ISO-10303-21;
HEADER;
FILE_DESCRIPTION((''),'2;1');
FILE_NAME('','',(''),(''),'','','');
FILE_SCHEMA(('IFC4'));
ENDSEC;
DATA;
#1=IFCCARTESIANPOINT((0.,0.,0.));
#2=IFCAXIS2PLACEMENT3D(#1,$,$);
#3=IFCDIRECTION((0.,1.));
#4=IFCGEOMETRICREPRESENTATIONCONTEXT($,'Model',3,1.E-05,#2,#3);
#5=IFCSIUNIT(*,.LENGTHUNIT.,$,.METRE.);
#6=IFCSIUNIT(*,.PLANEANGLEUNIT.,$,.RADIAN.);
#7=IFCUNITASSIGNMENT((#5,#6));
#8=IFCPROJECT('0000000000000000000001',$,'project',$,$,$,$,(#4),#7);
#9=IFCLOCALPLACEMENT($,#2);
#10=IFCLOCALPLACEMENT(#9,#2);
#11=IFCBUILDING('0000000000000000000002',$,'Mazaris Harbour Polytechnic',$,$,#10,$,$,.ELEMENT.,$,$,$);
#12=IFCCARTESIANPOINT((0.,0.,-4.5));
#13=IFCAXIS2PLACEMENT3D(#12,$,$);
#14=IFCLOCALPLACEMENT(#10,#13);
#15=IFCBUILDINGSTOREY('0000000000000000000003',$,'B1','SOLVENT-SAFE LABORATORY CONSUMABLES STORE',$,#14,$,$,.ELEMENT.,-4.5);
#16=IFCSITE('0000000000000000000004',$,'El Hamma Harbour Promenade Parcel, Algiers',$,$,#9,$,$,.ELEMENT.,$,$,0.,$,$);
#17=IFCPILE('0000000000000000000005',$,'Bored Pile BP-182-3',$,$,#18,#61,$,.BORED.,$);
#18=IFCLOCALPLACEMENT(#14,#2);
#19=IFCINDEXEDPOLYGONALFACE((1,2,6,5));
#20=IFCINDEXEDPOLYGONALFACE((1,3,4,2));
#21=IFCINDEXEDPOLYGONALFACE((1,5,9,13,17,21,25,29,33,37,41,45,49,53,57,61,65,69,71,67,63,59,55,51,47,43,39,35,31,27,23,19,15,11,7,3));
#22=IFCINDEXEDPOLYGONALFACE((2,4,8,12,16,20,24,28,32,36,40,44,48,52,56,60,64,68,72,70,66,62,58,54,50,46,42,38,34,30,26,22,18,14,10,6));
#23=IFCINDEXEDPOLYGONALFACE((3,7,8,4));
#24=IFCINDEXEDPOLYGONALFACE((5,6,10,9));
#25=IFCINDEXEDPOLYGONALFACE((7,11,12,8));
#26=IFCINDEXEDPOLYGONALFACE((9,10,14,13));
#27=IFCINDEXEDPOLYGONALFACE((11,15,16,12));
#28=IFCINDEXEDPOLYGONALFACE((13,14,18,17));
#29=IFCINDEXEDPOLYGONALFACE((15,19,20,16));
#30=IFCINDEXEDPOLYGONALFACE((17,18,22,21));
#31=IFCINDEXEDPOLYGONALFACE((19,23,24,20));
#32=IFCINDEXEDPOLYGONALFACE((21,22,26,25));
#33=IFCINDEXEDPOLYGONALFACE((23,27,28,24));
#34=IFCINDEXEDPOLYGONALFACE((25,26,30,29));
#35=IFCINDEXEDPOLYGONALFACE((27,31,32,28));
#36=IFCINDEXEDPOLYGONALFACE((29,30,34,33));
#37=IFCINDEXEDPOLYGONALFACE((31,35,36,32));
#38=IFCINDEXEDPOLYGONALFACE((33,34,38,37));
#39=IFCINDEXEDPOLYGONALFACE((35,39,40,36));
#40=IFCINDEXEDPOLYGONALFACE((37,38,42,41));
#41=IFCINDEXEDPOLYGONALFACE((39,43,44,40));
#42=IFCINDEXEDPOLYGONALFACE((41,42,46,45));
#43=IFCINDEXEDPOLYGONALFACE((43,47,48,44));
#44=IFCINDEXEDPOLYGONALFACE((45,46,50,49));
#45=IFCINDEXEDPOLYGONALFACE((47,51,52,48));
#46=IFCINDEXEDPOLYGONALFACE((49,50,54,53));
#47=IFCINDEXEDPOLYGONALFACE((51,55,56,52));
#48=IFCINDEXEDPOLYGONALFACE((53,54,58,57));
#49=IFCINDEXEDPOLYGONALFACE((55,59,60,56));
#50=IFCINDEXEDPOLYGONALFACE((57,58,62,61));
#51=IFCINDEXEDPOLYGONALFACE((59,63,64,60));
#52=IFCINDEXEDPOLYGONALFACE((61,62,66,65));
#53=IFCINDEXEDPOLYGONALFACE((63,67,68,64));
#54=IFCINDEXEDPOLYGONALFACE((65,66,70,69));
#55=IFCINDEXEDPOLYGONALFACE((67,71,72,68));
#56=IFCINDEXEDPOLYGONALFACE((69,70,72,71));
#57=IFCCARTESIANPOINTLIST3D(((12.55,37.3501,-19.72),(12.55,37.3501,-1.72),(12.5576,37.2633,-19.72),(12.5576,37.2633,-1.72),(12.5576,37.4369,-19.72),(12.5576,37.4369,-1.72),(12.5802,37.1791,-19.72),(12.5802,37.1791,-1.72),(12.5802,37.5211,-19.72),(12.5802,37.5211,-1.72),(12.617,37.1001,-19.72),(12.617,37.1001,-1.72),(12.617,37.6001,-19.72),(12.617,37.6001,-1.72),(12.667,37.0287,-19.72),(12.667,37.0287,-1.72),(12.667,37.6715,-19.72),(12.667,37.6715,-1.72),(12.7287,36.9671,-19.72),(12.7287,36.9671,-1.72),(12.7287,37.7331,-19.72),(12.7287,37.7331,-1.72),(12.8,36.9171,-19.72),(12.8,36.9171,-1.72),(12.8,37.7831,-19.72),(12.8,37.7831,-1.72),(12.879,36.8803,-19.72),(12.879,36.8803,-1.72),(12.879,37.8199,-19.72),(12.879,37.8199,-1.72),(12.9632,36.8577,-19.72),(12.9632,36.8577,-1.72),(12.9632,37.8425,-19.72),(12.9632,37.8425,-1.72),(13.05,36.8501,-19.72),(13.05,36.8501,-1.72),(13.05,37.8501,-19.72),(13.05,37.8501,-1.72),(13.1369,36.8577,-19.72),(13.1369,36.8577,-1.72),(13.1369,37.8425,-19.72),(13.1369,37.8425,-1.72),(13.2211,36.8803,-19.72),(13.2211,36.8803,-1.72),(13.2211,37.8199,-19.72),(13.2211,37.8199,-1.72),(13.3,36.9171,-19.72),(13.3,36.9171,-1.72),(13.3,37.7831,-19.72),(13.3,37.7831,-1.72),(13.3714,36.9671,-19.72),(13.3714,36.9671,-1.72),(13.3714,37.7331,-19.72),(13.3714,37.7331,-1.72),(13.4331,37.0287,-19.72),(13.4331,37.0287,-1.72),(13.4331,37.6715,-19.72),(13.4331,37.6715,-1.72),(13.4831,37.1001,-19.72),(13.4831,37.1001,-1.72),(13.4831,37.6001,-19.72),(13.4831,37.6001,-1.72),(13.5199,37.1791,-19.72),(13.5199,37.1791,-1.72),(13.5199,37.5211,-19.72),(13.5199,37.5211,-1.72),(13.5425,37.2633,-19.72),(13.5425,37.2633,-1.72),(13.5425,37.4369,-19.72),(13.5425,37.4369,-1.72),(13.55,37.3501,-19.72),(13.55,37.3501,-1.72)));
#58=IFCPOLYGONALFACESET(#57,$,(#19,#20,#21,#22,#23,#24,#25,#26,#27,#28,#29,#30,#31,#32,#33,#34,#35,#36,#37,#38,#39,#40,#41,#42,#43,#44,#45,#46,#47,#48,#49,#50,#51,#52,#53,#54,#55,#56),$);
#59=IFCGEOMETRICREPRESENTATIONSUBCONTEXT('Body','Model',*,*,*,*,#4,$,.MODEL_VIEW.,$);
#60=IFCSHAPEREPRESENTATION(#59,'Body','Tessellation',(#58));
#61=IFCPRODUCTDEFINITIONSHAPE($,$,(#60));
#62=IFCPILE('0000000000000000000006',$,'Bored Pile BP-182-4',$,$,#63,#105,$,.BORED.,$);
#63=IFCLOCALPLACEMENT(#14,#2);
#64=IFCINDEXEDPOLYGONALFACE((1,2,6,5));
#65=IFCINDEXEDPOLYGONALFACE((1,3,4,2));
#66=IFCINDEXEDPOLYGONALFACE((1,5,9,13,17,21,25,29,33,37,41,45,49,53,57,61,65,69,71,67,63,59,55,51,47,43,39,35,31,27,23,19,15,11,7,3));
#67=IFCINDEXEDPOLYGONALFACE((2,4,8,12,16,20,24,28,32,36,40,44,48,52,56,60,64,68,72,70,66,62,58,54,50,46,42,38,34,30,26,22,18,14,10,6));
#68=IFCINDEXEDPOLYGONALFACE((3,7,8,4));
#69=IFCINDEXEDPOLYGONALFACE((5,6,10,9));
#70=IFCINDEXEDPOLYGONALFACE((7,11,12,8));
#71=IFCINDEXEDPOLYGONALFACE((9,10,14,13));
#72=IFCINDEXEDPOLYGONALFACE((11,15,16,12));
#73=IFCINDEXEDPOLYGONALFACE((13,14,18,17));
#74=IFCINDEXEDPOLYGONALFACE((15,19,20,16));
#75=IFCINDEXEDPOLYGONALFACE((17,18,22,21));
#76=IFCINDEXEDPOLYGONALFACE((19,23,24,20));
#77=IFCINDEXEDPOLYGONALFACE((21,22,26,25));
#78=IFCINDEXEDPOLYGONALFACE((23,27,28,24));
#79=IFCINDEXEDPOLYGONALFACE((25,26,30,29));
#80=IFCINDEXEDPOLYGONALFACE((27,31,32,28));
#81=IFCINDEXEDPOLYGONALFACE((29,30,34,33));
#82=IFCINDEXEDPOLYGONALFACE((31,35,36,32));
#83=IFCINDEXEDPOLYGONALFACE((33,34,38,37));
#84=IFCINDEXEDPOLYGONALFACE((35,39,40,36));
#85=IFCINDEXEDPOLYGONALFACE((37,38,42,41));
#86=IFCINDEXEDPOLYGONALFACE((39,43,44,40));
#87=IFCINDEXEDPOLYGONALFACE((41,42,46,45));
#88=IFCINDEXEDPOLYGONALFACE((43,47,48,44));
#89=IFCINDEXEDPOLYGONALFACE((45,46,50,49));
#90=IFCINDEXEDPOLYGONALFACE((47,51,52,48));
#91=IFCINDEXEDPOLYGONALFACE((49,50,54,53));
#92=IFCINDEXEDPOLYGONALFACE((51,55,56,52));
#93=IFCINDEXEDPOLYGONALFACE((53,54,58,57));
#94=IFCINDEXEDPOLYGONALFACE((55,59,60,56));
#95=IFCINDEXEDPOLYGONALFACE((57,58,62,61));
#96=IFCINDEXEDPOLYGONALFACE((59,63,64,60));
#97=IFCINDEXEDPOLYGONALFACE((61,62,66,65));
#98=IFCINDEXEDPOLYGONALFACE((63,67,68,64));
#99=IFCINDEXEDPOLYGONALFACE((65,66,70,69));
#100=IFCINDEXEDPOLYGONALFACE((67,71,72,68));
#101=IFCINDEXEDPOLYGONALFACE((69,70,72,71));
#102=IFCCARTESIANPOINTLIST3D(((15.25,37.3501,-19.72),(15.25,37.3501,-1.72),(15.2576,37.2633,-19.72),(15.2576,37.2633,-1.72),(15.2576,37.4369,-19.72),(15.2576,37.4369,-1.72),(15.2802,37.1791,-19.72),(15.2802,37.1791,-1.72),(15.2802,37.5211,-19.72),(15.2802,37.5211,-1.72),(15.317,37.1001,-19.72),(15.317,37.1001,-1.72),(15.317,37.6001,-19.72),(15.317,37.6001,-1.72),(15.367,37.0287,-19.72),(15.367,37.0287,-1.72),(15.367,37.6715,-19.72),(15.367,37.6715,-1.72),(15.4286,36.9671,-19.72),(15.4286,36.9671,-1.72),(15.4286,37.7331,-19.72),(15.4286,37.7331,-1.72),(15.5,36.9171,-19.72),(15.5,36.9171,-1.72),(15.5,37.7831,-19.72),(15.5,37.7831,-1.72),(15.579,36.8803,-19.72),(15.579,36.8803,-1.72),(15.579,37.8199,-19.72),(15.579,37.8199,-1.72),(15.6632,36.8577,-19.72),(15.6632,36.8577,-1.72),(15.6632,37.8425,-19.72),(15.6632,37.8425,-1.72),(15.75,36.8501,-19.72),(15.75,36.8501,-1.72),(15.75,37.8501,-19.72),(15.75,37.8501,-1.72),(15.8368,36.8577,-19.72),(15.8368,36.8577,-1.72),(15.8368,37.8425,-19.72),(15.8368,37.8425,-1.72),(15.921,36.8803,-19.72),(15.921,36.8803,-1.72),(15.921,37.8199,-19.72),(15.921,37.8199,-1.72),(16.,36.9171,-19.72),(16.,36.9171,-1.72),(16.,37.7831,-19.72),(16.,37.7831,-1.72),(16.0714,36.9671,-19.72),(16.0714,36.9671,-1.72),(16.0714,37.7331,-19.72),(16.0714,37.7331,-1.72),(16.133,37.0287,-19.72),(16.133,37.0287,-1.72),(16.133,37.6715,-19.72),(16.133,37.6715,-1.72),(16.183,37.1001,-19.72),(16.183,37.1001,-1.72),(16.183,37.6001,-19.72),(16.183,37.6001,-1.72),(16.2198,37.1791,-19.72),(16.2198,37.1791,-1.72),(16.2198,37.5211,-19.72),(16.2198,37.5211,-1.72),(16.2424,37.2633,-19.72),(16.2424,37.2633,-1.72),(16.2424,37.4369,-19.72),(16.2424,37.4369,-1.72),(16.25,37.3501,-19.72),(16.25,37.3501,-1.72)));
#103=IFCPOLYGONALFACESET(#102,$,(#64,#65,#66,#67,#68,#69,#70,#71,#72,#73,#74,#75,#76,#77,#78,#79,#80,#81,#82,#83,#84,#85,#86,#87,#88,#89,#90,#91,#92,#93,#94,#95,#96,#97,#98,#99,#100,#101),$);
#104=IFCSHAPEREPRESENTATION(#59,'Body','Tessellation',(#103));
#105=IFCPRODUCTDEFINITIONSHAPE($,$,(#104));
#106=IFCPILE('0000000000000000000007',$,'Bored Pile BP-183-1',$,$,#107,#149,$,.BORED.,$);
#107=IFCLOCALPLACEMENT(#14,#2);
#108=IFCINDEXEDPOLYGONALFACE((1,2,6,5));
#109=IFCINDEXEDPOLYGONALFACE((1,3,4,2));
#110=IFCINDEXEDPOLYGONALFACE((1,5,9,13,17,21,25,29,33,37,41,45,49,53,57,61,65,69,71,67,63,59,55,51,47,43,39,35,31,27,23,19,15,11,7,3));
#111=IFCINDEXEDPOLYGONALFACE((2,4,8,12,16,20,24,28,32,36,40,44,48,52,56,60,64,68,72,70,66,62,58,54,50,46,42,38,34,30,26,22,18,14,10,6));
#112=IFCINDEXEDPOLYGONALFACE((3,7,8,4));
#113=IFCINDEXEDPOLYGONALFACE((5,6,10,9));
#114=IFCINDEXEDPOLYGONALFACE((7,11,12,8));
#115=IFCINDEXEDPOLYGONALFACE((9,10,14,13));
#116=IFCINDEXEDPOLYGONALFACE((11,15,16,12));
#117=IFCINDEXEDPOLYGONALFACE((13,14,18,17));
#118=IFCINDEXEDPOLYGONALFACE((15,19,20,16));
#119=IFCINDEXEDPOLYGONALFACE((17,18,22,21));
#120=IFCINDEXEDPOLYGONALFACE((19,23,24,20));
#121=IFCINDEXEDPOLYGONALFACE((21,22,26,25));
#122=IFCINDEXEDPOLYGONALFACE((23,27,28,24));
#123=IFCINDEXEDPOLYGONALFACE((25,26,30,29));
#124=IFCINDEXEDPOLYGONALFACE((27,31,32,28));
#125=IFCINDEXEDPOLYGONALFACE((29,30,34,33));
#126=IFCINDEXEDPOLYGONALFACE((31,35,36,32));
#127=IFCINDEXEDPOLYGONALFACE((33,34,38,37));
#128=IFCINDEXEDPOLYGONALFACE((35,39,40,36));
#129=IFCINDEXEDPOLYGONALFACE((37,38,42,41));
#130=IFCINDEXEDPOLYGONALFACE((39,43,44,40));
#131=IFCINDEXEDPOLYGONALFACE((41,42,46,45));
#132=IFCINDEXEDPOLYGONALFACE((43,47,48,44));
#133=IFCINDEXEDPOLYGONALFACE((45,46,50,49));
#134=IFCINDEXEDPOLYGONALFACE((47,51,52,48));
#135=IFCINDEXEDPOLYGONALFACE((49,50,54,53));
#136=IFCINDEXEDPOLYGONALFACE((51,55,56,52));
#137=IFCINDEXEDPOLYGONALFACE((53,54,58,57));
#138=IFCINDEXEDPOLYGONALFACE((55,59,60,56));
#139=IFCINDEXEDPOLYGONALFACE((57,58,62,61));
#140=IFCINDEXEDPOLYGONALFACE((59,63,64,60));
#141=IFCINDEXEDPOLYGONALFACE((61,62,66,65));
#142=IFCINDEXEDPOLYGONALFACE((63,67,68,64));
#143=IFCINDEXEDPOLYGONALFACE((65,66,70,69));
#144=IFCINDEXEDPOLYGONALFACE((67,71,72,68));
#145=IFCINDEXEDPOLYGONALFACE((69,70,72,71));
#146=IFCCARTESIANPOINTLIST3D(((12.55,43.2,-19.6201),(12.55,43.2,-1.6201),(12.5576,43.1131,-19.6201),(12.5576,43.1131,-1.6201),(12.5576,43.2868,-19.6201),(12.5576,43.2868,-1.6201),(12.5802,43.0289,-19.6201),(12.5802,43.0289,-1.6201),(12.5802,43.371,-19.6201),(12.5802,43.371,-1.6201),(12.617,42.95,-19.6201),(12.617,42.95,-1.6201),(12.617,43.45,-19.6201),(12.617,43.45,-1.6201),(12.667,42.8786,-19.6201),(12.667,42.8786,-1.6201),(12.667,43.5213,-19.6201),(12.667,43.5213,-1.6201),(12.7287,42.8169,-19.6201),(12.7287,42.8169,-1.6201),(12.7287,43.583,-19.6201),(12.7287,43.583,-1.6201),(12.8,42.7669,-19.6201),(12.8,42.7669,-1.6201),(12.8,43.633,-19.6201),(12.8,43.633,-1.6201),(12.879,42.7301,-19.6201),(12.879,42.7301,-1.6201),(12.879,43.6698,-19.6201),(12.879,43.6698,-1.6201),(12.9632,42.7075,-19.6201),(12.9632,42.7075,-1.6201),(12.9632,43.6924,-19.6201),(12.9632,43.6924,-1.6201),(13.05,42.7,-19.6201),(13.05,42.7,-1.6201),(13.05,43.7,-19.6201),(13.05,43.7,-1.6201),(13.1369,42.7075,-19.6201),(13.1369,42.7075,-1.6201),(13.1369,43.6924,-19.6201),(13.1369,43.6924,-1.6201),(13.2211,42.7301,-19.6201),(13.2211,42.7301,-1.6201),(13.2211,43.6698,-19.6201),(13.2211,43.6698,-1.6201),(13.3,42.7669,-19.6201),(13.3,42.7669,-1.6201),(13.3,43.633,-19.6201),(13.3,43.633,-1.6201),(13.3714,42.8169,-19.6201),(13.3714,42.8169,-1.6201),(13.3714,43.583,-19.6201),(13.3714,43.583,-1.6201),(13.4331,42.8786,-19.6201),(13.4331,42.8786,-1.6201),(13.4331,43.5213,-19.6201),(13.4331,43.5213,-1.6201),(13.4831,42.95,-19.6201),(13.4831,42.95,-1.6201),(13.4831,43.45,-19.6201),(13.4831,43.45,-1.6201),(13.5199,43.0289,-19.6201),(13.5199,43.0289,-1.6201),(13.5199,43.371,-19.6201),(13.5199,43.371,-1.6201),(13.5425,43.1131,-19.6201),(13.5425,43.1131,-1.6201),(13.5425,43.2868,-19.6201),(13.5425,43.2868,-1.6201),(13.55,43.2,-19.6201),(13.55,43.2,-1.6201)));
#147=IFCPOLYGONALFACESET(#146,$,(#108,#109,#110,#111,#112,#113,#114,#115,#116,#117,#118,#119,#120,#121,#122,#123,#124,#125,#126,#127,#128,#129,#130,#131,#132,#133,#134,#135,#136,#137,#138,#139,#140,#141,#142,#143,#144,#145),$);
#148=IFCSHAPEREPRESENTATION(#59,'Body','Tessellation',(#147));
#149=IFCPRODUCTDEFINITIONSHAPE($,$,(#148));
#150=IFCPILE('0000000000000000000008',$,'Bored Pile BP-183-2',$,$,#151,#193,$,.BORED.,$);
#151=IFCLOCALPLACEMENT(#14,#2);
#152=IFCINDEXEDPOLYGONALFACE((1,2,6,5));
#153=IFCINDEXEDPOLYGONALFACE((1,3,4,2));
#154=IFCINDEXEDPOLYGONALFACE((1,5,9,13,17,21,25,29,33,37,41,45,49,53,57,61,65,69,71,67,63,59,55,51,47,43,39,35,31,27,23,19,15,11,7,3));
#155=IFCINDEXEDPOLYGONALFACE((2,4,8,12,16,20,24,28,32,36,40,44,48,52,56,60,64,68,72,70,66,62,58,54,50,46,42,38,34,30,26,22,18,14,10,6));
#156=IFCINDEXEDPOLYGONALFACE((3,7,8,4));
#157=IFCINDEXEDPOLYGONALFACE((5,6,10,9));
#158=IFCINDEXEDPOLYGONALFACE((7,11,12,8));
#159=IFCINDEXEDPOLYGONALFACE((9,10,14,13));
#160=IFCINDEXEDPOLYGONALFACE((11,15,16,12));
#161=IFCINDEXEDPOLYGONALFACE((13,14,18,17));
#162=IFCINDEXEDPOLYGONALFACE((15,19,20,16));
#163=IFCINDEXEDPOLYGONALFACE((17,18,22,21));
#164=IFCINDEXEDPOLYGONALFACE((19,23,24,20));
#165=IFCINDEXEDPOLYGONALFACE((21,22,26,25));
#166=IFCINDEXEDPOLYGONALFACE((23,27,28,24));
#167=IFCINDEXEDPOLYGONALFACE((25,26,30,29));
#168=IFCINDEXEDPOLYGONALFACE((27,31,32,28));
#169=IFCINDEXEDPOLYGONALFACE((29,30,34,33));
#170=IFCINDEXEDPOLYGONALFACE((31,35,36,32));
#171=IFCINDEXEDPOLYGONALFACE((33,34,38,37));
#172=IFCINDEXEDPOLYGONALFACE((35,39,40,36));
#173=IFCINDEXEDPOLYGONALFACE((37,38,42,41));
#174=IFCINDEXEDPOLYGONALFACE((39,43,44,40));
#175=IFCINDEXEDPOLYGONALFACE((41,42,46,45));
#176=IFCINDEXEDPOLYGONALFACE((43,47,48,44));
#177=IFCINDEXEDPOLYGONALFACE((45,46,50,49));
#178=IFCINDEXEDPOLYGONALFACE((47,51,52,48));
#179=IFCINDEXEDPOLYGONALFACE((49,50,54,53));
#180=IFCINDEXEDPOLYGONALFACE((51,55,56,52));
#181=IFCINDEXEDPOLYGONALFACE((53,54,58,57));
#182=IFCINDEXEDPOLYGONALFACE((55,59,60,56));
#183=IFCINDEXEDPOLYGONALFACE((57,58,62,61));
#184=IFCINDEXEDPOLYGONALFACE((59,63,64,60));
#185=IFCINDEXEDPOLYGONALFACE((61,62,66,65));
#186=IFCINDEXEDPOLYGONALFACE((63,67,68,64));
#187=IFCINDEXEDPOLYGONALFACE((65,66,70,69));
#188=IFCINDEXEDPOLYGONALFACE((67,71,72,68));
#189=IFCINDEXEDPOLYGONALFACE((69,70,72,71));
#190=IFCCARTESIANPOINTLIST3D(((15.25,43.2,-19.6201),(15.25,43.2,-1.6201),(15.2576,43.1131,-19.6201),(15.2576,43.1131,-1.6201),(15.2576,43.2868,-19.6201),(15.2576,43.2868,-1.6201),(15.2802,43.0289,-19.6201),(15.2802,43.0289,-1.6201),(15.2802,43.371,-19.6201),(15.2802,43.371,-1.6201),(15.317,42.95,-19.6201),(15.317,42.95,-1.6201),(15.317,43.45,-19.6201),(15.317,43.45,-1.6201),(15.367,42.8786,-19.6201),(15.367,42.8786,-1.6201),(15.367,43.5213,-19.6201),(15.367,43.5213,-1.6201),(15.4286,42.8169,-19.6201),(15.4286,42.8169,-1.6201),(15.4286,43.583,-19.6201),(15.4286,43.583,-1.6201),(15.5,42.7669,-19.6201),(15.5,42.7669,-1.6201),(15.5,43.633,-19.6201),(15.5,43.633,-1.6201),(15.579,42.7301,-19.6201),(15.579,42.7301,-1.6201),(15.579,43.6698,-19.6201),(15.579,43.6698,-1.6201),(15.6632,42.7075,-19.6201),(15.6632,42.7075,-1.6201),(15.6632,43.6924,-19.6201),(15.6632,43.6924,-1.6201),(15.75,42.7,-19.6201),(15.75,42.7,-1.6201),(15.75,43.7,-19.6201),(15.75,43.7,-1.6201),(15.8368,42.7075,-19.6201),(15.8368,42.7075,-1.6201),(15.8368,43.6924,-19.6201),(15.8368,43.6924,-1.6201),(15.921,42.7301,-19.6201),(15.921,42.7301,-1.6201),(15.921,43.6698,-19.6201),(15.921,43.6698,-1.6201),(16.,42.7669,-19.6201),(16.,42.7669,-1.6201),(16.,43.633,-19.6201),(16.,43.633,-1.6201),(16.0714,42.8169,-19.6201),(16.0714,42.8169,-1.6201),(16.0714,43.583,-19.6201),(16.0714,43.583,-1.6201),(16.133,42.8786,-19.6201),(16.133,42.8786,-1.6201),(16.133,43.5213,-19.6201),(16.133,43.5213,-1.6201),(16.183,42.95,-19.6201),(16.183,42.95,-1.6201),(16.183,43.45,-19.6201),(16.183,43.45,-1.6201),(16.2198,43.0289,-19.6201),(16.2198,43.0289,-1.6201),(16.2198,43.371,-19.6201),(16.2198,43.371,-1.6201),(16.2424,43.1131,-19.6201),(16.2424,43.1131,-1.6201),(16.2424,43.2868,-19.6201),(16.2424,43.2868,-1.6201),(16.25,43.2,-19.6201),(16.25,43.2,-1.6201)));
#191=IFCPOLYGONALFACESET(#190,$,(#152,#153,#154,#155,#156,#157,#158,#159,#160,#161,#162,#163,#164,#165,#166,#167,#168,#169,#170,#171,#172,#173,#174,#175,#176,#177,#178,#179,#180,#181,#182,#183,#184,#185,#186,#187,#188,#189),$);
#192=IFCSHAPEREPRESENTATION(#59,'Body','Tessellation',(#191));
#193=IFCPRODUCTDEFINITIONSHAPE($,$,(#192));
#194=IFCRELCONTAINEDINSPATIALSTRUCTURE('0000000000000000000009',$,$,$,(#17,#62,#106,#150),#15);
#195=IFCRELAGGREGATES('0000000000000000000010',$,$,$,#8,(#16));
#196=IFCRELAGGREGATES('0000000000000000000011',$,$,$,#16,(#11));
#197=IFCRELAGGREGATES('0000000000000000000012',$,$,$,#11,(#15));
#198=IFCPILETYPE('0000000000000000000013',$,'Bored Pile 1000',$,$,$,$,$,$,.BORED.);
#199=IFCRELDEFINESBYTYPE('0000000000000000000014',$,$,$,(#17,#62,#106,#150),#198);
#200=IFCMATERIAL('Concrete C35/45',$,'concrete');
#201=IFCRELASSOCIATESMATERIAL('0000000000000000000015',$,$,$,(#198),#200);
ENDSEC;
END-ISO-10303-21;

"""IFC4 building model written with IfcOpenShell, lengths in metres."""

from ifc_helpers import new_model, si_unit, direction, frame, origin, origin_2d, place, context, subcontext, project, spatial, circle, extrude, material, material_profile, profile_set, type_object, element, save


model = new_model("IFC4")

# Units and contexts
model_context = context("Model", 3, precision=1e-05, world=origin(), true_north=direction((0.0, 1.0)))
body_context = subcontext(model_context, "Body", "Model", "MODEL_VIEW")
ifc_project = project(units=[si_unit("LENGTHUNIT", "METRE"), si_unit("PLANEANGLEUNIT", "RADIAN")], contexts=[model_context])

# Site, building, storey
site_placement = place(None, origin())
site = spatial("IfcSite", under=ifc_project, at=site_placement, Name="El Hamma Harbour Promenade Parcel, Algiers", CompositionType="ELEMENT", RefElevation=0.0)
building_placement = place(site_placement, origin())
building = spatial("IfcBuilding", under=site, at=building_placement, Name="Mazaris Harbour Polytechnic", CompositionType="ELEMENT")
storey_placement = place(building_placement, frame((0.0, 0.0, -4.5)))
storey = spatial("IfcBuildingStorey", under=building, at=storey_placement, Name="B1", Description="SOLVENT-SAFE LABORATORY CONSUMABLES STORE", CompositionType="ELEMENT", Elevation=-4.5)

# Piles
ifc_material_1 = material(Name="Concrete C35/45", Category="concrete")
ifc_material_profile_1 = material_profile(ifc_material_1, circle(Radius=0.5, at=origin_2d()), Name="DIA1000")
ifc_profile_set_1 = profile_set([ifc_material_profile_1], Name="Concrete C35/45")
pile_type_1 = type_object("IfcPileType", Name="Bored Pile 1000", PredefinedType="BORED", material=ifc_profile_set_1)
for number, where, z_axis, x_axis, name in (
    (1, (13.05, 37.3501, -1.72), (0.0, 0.0, -1.0), (1.0, 0.0, 0.0), "Bored Pile BP-182-3"),
    (2, (15.75, 37.3501, -1.72), (0.0, 0.0, -1.0), (1.0, 0.0, 0.0), "Bored Pile BP-182-4"),
    (3, (13.05, 43.2, -1.6201), (0.0, 0.0, -1.0), (1.0, 0.0, 0.0), "Bored Pile BP-183-1"),
    (4, (15.75, 43.2, -1.6201), (0.0, 0.0, -1.0), (1.0, 0.0, 0.0), "Bored Pile BP-183-2"),
):
    element("IfcPile", number, at=place(storey_placement, frame(where, z_axis=z_axis, x_axis=x_axis)), inside=storey, type_object=pile_type_1, Name=name, PredefinedType="BORED", context=body_context, shape_type="SweptSolid", body=[
        extrude(circle(Radius=0.5, at=origin_2d()), origin(), (0.0, 0.0, 1.0), 18.0),
    ])

save(model, "model.ifc")
